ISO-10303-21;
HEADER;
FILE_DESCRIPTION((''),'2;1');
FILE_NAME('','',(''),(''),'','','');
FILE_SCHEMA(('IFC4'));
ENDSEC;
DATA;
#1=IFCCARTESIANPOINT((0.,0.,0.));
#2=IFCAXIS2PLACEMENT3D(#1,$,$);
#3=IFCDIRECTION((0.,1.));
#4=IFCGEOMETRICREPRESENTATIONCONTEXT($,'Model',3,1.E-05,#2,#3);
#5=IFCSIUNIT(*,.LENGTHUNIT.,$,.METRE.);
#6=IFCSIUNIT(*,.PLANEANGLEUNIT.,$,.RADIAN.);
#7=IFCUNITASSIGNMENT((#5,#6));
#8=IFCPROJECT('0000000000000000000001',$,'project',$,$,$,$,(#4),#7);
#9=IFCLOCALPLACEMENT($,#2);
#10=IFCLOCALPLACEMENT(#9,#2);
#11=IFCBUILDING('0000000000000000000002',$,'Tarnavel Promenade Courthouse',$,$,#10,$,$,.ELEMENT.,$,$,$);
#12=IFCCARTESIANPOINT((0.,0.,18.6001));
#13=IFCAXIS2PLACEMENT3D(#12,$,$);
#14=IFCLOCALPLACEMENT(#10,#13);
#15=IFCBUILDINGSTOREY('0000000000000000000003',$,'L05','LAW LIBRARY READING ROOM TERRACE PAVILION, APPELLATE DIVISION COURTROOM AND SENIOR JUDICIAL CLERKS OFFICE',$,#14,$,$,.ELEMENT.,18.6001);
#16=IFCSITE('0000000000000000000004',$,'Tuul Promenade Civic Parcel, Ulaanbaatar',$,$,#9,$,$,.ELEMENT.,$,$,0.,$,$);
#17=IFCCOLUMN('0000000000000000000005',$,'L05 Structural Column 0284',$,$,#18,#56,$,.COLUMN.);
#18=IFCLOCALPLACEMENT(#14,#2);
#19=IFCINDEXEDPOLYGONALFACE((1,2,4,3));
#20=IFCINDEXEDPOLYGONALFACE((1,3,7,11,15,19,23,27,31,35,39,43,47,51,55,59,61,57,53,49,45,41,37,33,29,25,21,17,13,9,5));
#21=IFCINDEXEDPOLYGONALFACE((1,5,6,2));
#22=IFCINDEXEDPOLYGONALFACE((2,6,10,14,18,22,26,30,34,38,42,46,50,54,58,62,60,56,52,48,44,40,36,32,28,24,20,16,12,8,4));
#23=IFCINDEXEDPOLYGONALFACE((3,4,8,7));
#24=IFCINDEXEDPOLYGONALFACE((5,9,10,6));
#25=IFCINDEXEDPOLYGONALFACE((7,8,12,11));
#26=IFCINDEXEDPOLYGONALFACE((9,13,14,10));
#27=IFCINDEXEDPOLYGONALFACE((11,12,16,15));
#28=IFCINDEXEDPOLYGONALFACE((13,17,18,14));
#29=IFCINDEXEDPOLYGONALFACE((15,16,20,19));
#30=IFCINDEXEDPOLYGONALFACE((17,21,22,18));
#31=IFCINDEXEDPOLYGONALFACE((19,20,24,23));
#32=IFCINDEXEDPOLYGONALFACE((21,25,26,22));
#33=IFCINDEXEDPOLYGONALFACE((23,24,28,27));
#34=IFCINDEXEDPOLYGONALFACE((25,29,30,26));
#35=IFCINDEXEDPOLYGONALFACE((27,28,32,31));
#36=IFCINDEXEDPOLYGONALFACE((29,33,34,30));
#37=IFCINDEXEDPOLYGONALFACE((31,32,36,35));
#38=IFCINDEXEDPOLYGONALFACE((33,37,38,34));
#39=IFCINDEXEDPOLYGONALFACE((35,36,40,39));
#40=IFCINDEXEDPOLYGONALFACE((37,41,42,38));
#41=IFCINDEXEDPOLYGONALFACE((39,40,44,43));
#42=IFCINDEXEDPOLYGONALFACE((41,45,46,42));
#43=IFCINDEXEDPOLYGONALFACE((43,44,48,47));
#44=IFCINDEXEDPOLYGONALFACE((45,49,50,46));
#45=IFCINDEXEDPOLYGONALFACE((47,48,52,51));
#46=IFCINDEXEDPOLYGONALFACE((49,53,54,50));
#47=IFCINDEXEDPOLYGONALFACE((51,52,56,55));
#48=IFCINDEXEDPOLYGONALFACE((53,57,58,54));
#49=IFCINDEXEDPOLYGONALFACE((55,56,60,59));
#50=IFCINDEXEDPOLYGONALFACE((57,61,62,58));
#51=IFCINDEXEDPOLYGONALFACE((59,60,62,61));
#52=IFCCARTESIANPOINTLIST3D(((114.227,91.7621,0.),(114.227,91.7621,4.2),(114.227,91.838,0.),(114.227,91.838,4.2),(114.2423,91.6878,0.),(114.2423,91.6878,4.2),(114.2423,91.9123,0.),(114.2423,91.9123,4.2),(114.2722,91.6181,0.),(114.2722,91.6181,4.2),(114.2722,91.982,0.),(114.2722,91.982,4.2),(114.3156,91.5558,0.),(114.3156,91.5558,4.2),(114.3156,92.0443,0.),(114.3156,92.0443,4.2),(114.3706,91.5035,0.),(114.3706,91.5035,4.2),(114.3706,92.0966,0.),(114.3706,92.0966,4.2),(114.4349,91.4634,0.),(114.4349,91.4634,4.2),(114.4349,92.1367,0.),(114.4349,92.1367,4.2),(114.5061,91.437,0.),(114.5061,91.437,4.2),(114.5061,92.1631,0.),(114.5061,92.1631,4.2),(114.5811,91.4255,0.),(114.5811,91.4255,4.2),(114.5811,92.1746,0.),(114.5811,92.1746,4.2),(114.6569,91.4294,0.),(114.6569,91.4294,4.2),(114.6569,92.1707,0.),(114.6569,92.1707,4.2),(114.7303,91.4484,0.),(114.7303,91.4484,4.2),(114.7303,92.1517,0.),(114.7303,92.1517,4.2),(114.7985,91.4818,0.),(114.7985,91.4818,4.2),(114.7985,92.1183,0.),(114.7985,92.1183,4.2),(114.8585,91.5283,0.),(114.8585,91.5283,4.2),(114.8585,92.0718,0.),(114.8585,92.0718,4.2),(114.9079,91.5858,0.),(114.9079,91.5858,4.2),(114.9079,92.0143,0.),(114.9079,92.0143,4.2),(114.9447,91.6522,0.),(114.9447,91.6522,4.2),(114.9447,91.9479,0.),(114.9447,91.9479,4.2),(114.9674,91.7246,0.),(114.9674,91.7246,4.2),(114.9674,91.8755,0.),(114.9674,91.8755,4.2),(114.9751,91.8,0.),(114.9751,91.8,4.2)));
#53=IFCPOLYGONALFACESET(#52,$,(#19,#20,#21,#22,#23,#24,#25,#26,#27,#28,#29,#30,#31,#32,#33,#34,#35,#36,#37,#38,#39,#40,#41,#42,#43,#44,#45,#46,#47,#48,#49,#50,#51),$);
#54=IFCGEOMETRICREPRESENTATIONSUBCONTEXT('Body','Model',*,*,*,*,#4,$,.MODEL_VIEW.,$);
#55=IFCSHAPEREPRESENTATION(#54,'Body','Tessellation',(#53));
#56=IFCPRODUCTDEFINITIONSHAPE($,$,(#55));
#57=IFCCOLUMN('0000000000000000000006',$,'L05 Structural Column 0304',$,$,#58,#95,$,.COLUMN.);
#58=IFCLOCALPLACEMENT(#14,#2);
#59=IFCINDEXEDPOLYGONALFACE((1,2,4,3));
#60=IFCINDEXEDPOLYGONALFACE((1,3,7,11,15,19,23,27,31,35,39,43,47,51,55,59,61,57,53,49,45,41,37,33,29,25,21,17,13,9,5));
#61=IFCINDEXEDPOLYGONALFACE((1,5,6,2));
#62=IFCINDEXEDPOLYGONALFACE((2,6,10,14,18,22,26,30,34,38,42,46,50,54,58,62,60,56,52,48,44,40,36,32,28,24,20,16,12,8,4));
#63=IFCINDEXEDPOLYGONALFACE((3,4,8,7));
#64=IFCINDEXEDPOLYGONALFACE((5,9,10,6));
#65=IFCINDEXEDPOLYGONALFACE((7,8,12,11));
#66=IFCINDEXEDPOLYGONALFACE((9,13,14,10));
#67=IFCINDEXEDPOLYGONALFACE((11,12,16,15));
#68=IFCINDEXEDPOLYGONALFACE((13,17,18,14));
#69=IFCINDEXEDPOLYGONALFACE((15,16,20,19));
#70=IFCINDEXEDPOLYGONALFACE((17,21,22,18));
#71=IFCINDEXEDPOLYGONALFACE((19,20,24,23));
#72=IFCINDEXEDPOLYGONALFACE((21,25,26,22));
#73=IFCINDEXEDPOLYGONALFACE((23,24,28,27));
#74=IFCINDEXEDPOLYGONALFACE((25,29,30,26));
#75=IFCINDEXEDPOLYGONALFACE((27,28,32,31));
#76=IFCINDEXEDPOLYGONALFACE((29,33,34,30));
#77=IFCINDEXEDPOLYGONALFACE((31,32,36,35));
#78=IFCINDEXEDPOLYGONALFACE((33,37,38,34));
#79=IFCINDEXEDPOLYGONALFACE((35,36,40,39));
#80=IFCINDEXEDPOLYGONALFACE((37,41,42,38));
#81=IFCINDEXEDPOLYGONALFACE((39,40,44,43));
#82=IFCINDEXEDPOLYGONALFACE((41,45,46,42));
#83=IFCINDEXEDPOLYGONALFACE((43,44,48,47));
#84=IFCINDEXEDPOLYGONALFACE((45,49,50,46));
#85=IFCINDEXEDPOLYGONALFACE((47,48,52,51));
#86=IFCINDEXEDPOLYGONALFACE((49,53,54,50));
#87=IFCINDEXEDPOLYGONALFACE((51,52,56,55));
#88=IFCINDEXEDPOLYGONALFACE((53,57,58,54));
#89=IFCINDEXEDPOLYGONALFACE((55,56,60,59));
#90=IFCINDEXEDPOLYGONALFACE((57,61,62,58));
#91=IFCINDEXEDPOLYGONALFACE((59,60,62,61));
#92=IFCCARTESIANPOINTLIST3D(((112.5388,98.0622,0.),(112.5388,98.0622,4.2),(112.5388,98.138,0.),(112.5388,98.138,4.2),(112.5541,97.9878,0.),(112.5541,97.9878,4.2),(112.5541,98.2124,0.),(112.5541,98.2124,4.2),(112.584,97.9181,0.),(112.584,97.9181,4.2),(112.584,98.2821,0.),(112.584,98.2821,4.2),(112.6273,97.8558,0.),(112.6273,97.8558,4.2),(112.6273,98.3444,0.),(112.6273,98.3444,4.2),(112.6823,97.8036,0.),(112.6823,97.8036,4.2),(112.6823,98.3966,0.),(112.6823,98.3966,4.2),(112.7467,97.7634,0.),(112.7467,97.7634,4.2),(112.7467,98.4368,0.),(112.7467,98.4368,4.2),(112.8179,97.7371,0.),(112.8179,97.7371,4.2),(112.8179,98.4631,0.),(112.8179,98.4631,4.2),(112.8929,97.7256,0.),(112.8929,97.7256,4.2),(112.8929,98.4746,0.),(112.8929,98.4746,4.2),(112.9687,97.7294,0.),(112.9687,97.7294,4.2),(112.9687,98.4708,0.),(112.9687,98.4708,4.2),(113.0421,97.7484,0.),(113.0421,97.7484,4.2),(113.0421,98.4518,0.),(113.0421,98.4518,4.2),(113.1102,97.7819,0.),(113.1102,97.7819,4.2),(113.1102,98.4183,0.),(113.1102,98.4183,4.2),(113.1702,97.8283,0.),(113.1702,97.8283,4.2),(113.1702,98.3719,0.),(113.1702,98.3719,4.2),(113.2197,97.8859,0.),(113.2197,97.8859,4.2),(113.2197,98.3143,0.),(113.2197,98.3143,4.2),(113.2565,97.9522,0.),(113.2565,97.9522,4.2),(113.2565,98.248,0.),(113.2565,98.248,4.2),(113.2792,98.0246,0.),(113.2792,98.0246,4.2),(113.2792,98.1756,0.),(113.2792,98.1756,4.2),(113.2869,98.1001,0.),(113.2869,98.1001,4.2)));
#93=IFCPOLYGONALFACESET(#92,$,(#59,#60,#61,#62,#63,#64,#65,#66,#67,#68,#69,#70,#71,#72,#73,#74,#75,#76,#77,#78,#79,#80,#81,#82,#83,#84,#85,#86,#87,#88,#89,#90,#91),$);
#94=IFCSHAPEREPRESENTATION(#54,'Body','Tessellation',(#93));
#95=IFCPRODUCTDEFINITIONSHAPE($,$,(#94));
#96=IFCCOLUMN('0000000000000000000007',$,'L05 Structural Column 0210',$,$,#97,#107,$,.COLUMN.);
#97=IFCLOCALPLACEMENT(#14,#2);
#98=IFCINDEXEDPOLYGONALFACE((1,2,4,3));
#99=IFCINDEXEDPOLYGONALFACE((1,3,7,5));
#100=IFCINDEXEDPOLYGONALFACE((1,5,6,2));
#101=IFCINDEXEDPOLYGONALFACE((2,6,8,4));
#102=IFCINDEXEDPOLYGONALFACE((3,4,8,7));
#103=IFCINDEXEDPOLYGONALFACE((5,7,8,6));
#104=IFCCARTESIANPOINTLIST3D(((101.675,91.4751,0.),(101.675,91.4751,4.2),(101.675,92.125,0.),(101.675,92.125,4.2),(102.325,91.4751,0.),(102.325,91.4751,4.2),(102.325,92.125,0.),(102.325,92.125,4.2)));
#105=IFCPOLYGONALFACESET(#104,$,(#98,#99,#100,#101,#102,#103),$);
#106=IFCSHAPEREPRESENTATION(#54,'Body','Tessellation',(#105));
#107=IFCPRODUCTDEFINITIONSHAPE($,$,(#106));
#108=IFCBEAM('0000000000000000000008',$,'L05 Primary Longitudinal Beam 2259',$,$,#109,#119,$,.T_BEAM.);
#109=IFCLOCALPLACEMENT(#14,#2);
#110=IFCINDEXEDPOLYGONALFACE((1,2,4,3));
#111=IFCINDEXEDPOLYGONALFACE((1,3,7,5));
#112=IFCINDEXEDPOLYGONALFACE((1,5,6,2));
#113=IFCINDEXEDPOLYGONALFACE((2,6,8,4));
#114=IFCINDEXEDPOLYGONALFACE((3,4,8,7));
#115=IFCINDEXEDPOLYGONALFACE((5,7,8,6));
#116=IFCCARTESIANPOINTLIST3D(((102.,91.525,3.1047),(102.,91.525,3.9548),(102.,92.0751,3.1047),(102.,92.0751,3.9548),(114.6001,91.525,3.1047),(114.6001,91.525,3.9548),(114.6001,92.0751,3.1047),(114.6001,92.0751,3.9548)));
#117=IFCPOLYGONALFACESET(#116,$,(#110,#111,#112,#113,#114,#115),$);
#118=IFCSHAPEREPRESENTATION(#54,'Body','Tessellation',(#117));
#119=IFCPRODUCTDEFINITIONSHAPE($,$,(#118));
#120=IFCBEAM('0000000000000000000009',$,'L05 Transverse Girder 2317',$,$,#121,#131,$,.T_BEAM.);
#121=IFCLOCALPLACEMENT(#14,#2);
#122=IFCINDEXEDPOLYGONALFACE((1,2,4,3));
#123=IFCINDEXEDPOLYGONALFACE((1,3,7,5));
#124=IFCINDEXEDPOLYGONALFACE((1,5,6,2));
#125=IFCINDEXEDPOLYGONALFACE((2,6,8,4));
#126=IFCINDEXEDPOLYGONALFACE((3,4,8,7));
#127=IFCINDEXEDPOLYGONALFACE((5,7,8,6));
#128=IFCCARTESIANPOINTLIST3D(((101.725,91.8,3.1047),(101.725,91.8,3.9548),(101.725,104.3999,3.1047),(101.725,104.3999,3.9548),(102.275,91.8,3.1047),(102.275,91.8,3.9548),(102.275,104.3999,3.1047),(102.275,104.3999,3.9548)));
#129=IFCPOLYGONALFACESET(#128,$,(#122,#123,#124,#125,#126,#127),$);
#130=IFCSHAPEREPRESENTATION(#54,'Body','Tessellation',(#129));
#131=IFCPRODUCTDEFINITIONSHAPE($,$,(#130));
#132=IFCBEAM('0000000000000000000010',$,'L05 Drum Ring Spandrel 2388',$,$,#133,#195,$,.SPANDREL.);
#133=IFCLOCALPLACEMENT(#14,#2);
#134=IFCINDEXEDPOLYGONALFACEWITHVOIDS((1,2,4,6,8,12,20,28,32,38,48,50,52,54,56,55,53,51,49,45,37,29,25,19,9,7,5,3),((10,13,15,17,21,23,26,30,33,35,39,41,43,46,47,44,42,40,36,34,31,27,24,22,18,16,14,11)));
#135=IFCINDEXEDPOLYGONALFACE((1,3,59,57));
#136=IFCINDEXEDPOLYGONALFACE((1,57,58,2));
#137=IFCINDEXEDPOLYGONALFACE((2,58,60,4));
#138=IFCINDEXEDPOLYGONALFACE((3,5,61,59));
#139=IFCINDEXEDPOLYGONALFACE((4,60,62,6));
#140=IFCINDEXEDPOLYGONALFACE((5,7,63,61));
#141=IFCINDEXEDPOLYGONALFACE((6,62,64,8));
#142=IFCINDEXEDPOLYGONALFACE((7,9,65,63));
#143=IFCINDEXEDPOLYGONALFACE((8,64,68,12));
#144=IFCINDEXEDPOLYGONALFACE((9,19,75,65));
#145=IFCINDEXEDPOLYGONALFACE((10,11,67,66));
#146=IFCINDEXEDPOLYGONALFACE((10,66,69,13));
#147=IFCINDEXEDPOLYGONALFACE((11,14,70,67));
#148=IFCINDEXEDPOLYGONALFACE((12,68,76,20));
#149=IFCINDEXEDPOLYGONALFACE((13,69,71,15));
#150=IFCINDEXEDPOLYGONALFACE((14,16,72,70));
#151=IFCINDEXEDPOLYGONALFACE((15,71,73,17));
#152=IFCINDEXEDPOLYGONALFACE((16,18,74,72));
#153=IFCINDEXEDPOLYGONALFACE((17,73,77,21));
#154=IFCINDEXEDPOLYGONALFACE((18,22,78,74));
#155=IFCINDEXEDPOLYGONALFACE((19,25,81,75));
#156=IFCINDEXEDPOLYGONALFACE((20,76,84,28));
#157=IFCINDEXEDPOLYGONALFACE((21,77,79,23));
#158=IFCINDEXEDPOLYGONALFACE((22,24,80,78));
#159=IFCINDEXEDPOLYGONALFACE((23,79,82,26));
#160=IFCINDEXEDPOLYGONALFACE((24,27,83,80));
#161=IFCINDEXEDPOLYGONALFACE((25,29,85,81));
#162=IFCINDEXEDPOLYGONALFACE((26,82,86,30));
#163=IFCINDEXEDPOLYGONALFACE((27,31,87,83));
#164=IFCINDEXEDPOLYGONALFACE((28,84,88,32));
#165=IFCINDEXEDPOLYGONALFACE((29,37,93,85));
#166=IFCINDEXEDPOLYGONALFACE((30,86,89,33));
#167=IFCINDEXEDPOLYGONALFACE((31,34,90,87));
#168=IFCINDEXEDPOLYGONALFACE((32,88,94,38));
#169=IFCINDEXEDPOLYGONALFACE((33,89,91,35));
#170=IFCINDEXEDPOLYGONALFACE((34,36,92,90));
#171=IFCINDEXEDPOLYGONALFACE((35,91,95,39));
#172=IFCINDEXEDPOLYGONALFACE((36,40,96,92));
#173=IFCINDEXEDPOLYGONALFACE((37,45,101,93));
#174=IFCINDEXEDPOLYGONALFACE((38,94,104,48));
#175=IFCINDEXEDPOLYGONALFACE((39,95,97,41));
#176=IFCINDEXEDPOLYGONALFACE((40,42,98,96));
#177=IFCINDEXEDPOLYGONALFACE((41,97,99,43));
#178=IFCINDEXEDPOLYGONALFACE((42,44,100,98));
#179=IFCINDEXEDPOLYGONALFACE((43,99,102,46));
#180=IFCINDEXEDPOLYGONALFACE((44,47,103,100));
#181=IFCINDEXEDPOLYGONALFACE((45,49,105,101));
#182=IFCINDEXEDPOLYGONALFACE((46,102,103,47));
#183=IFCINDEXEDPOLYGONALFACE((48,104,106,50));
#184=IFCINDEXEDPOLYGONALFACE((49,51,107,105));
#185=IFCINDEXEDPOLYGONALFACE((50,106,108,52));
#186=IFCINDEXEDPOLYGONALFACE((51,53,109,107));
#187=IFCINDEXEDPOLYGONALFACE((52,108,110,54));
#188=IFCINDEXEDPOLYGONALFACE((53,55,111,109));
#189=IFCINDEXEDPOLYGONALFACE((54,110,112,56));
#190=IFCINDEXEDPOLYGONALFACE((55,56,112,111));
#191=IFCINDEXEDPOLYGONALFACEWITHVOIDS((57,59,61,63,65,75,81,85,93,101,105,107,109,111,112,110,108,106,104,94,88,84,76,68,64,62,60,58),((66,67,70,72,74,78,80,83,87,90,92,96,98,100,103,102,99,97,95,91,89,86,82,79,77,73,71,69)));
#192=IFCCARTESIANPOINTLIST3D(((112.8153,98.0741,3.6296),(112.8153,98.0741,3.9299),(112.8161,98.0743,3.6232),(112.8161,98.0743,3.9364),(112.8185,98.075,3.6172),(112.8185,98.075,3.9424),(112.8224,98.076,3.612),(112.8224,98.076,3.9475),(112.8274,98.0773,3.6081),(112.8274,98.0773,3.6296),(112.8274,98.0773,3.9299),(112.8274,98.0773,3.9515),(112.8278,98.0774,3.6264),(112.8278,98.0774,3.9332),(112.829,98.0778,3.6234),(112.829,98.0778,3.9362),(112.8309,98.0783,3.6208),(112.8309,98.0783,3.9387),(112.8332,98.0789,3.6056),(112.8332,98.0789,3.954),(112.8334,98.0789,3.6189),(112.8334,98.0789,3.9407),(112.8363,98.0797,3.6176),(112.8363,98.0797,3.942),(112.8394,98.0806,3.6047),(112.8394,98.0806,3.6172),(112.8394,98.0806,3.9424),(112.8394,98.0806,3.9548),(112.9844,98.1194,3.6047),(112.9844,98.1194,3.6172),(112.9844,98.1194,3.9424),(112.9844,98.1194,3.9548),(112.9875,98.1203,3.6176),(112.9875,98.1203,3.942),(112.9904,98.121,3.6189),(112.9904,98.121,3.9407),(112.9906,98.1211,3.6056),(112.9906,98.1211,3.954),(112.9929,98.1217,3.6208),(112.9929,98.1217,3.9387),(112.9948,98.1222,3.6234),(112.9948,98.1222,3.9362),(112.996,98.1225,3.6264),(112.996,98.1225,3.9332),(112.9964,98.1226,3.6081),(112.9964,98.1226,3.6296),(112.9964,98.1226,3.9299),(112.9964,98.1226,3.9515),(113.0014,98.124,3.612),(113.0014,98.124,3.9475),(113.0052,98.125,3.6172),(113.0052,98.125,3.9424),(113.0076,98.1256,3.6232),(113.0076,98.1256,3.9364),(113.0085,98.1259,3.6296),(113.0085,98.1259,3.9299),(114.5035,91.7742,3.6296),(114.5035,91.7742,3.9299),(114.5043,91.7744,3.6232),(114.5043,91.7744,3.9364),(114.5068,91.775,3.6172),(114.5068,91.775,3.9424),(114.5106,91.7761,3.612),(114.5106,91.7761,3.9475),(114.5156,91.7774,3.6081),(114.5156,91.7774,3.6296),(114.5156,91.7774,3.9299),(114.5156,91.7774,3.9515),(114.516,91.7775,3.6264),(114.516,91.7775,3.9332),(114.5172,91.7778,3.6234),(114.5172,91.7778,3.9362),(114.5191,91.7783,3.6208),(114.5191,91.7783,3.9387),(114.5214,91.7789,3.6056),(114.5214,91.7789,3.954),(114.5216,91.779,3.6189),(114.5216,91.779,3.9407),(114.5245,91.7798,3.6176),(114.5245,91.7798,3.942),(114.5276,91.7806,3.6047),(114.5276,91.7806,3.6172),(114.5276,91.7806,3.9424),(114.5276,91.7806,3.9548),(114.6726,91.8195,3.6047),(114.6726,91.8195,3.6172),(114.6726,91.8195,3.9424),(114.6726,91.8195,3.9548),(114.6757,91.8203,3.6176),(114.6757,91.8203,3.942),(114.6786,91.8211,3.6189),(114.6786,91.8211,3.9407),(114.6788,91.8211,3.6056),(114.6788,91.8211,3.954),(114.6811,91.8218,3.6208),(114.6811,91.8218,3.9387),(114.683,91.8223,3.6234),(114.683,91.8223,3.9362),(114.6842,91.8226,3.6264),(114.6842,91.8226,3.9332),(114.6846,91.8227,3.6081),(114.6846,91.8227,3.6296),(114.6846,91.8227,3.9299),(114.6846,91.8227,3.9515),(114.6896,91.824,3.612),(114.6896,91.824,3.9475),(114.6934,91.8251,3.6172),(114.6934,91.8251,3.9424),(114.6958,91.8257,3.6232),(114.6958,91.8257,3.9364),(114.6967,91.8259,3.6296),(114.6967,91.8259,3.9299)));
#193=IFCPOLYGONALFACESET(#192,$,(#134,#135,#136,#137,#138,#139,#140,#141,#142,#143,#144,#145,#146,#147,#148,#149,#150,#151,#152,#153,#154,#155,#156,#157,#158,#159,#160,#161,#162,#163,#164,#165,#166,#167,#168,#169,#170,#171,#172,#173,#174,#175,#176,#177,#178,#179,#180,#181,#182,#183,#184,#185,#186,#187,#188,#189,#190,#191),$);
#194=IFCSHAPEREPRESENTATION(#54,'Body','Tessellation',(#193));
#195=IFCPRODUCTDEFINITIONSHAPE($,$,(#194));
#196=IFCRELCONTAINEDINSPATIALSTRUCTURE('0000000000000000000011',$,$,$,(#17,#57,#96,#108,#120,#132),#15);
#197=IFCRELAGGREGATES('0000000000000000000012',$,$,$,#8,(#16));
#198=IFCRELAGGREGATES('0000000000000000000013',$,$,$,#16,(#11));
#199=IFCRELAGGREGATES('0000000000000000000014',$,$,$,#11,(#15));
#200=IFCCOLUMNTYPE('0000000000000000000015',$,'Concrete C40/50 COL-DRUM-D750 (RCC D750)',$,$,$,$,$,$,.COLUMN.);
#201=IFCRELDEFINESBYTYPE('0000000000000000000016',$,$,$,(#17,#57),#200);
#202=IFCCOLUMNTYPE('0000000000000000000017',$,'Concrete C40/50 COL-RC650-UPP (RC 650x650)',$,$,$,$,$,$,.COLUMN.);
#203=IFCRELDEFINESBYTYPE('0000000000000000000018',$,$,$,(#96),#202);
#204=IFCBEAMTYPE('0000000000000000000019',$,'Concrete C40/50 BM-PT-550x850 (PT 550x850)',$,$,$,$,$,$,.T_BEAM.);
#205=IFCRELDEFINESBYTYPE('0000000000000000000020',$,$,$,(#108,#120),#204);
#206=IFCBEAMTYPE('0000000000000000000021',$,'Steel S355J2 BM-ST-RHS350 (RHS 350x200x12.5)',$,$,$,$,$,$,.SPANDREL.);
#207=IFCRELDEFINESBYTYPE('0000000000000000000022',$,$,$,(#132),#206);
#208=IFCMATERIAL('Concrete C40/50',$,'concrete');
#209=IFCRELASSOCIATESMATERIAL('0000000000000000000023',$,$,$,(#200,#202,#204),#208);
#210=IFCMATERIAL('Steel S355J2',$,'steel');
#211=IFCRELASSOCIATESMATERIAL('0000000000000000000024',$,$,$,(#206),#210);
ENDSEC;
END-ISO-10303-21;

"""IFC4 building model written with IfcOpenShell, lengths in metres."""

from ifc_helpers import new_model, si_unit, direction, frame, origin, origin_2d, place, context, subcontext, project, spatial, rectangle, hollow_rectangle, circle, extrude, material, material_profile, profile_set, type_object, element, save


model = new_model("IFC4")

# Units and contexts
model_context = context("Model", 3, precision=1e-05, world=origin(), true_north=direction((0.0, 1.0)))
body_context = subcontext(model_context, "Body", "Model", "MODEL_VIEW")
ifc_project = project(units=[si_unit("LENGTHUNIT", "METRE"), si_unit("PLANEANGLEUNIT", "RADIAN")], contexts=[model_context])

# Site, building, storey
site_placement = place(None, origin())
site = spatial("IfcSite", under=ifc_project, at=site_placement, Name="Tuul Promenade Civic Parcel, Ulaanbaatar", CompositionType="ELEMENT", RefElevation=0.0)
building_placement = place(site_placement, origin())
building = spatial("IfcBuilding", under=site, at=building_placement, Name="Tarnavel Promenade Courthouse", CompositionType="ELEMENT")
storey_placement = place(building_placement, frame((0.0, 0.0, 18.6001)))
storey = spatial("IfcBuildingStorey", under=building, at=storey_placement, Name="L05", Description="LAW LIBRARY READING ROOM TERRACE PAVILION, APPELLATE DIVISION COURTROOM AND SENIOR JUDICIAL CLERKS OFFICE", CompositionType="ELEMENT", Elevation=18.6001)

# Columns
ifc_material_1 = material(Name="Concrete C40/50", Category="concrete")
ifc_material_profile_1 = material_profile(ifc_material_1, circle(Radius=0.375, at=origin_2d()), Name="RCC D750")
ifc_profile_set_1 = profile_set([ifc_material_profile_1], Name="Concrete C40/50")
column_type_1 = type_object("IfcColumnType", Name="Concrete C40/50 COL-DRUM-D750 (RCC D750)", PredefinedType="COLUMN", material=ifc_profile_set_1)
for number, where, z_axis, x_axis, name in (
    (1, (114.6001, 91.8, 0.0), (0.0, 0.0, 1.0), (1.0, 0.0, 0.0), "L05 Structural Column 0284"),
    (2, (112.9119, 98.1001, 0.0), (0.0, 0.0, 1.0), (1.0, 0.0, 0.0), "L05 Structural Column 0304"),
):
    element("IfcColumn", number, at=place(storey_placement, frame(where, z_axis=z_axis, x_axis=x_axis)), inside=storey, type_object=column_type_1, Name=name, PredefinedType="COLUMN", context=body_context, shape_type="SweptSolid", body=[
        extrude(circle(Radius=0.375, at=origin_2d()), origin(), (0.0, 0.0, 1.0), 4.2),
    ])
ifc_material_profile_2 = material_profile(ifc_material_1, rectangle(XDim=0.6499, YDim=0.6499, at=origin_2d()), Name="RC 650x650")
ifc_profile_set_2 = profile_set([ifc_material_profile_2], Name="Concrete C40/50")
column_type_2 = type_object("IfcColumnType", Name="Concrete C40/50 COL-RC650-UPP (RC 650x650)", PredefinedType="COLUMN", material=ifc_profile_set_2)
column_placement = place(storey_placement, frame((102.0, 91.8, 0.0), z_axis=(0.0, 0.0, 1.0), x_axis=(1.0, 0.0, 0.0)))
element("IfcColumn", 3, at=column_placement, inside=storey, type_object=column_type_2, Name="L05 Structural Column 0210", PredefinedType="COLUMN", context=body_context, shape_type="SweptSolid", body=[
    extrude(rectangle(XDim=0.6499, YDim=0.6499, at=origin_2d()), origin(), (0.0, 0.0, 1.0), 4.2),
])

# Beams
ifc_material_profile_3 = material_profile(ifc_material_1, rectangle(XDim=0.55, YDim=0.8501, at=origin_2d()), Name="PT 550x850")
ifc_profile_set_3 = profile_set([ifc_material_profile_3], Name="Concrete C40/50")
beam_type_1 = type_object("IfcBeamType", Name="Concrete C40/50 BM-PT-550x850 (PT 550x850)", PredefinedType="T_BEAM", material=ifc_profile_set_3)
beam_1_placement = place(storey_placement, frame((102.0, 91.8, 3.5298), z_axis=(1.0, 0.0, 0.0), x_axis=(0.0, 1.0, 0.0)))
element("IfcBeam", 4, at=beam_1_placement, inside=storey, type_object=beam_type_1, Name="L05 Primary Longitudinal Beam 2259", PredefinedType="T_BEAM", context=body_context, shape_type="SweptSolid", body=[
    extrude(rectangle(XDim=0.55, YDim=0.8501, at=origin_2d()), origin(), (0.0, 0.0, 1.0), 12.6001),
])
beam_2_placement = place(storey_placement, frame((102.0, 91.8, 3.5298), z_axis=(0.0, 1.0, 0.0), x_axis=(-1.0, 0.0, 0.0)))
element("IfcBeam", 5, at=beam_2_placement, inside=storey, type_object=beam_type_1, Name="L05 Transverse Girder 2317", PredefinedType="T_BEAM", context=body_context, shape_type="SweptSolid", body=[
    extrude(rectangle(XDim=0.55, YDim=0.8501, at=origin_2d()), origin(), (0.0, 0.0, 1.0), 12.5999),
])
ifc_material_2 = material(Name="Steel S355J2", Category="steel")
ifc_material_profile_4 = material_profile(ifc_material_2, hollow_rectangle(XDim=0.2, YDim=0.3501, WallThickness=0.0125, InnerFilletRadius=0.0125, OuterFilletRadius=0.0249, at=origin_2d()), Name="RHS 350x200x12.5")
ifc_profile_set_4 = profile_set([ifc_material_profile_4], Name="Steel S355J2")
beam_type_2 = type_object("IfcBeamType", Name="Steel S355J2 BM-ST-RHS350 (RHS 350x200x12.5)", PredefinedType="SPANDREL", material=ifc_profile_set_4)
beam_3_placement = place(storey_placement, frame((114.6001, 91.8, 3.7798), z_axis=(-0.258839, 0.96592, 0.0), x_axis=(-0.96592, -0.258839, 0.0)))
element("IfcBeam", 6, at=beam_3_placement, inside=storey, type_object=beam_type_2, Name="L05 Drum Ring Spandrel 2388", PredefinedType="SPANDREL", context=body_context, shape_type="SweptSolid", body=[
    extrude(hollow_rectangle(XDim=0.2, YDim=0.3501, WallThickness=0.0125, InnerFilletRadius=0.0125, OuterFilletRadius=0.0249, at=origin_2d()), origin(), (0.0, 0.0, 1.0), 6.5222),
])

save(model, "model.ifc")
